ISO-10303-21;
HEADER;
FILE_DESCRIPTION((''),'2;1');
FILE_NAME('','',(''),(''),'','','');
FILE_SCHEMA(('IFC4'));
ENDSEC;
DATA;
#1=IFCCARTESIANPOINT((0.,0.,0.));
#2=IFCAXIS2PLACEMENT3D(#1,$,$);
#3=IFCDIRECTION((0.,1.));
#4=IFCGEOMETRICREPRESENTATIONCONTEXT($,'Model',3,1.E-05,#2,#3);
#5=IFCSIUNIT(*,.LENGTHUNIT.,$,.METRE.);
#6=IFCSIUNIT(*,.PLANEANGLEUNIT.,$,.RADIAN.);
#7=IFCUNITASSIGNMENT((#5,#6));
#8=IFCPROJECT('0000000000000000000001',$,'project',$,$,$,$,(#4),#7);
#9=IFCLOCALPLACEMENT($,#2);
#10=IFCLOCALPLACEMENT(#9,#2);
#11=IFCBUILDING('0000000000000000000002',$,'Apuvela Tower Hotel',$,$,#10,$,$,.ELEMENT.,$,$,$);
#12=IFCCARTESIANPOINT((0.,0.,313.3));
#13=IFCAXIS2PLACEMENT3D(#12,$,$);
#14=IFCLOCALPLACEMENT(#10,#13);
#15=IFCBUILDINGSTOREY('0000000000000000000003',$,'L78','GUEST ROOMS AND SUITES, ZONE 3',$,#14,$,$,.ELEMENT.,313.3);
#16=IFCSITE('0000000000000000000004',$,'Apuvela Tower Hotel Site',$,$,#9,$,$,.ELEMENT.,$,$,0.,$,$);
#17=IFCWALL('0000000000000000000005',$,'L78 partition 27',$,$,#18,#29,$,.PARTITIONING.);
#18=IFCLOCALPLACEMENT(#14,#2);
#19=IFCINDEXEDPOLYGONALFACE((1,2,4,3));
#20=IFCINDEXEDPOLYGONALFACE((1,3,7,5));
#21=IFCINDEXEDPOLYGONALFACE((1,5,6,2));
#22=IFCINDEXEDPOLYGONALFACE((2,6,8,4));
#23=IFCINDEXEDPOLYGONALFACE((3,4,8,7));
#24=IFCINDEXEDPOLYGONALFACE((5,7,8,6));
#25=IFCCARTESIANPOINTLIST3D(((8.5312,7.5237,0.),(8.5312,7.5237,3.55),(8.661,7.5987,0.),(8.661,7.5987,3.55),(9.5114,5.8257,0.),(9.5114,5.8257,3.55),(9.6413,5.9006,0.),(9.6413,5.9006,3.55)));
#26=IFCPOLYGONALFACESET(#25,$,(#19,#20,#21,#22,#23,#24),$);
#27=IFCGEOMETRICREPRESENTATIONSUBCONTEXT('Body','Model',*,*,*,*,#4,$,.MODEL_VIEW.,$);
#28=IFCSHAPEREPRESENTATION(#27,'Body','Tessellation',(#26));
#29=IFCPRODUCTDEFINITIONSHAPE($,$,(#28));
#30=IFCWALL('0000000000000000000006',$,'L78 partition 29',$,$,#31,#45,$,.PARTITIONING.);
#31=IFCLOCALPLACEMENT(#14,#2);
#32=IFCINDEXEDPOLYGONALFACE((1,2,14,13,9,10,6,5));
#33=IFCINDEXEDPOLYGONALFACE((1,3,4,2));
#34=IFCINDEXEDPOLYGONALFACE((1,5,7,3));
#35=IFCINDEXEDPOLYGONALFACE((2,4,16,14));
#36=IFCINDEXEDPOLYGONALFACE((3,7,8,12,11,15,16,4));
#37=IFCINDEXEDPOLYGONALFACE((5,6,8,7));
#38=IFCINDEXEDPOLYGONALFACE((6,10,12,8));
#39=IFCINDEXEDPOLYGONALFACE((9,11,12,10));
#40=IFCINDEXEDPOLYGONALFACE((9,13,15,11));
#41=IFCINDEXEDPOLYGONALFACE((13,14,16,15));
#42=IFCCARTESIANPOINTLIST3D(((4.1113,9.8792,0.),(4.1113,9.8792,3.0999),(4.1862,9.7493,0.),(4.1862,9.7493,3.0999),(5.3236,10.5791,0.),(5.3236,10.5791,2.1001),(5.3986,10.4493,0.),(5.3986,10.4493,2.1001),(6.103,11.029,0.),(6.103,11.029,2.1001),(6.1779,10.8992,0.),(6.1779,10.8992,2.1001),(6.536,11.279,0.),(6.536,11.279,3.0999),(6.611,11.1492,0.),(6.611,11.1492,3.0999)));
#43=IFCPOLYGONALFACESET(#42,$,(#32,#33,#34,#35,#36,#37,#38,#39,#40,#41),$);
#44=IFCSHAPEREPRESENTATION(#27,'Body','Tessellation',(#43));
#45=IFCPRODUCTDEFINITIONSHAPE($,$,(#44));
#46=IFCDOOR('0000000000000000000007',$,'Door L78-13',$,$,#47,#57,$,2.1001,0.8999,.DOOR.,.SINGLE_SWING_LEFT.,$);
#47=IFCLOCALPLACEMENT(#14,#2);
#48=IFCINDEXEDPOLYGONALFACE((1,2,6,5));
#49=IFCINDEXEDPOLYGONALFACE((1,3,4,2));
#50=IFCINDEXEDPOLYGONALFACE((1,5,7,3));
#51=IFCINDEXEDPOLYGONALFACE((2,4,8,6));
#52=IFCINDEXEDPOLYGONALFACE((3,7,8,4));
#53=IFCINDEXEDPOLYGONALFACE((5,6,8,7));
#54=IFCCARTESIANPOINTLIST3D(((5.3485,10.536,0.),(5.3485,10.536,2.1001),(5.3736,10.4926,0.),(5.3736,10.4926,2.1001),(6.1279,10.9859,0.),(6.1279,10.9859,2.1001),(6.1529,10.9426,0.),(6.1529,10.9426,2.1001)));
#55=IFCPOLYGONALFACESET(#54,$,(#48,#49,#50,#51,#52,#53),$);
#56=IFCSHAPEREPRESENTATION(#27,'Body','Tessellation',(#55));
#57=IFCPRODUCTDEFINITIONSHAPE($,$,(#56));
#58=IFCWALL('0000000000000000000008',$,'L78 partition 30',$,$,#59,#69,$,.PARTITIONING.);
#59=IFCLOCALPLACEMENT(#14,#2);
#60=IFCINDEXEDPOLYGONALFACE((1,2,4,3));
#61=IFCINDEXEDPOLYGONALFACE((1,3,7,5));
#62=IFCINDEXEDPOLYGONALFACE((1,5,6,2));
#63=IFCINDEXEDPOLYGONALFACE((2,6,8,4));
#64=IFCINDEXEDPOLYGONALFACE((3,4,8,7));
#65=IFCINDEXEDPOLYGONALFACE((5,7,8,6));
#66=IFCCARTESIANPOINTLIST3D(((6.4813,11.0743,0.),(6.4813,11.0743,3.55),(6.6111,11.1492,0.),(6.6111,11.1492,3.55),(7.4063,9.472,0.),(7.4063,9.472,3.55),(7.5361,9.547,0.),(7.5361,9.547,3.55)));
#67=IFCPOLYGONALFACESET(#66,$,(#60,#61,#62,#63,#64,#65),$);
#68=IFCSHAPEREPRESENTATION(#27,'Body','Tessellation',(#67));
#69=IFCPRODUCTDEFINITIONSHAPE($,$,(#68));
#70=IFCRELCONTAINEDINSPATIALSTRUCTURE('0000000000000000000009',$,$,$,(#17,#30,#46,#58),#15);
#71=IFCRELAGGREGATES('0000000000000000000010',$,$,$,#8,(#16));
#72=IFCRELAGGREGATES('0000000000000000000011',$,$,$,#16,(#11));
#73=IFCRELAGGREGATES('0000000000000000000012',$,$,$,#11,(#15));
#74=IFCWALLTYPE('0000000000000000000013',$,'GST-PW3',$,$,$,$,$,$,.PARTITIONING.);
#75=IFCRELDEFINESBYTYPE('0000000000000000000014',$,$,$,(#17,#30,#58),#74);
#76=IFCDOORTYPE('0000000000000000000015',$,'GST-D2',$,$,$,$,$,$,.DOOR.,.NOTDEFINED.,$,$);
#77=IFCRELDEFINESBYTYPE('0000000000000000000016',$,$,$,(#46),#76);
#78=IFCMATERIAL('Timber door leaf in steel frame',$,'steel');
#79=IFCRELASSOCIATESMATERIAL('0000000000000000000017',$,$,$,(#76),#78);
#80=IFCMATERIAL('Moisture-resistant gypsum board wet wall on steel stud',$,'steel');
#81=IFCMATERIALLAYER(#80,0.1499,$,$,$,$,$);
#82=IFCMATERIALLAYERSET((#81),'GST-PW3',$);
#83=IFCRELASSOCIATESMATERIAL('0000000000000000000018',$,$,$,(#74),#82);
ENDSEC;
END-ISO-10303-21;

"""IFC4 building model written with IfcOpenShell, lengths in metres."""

from ifc_helpers import new_model, si_unit, direction, frame, frame_2d, origin, place, context, subcontext, project, spatial, rectangle, extrude, material, layer, layer_set, type_object, element, fill, save


model = new_model("IFC4")

# Units and contexts
model_context = context("Model", 3, precision=1e-05, world=origin(), true_north=direction((0.0, 1.0)))
body_context = subcontext(model_context, "Body", "Model", "MODEL_VIEW")
ifc_project = project(units=[si_unit("LENGTHUNIT", "METRE"), si_unit("PLANEANGLEUNIT", "RADIAN")], contexts=[model_context])

# Site, building, storey
site_placement = place(None, origin())
site = spatial("IfcSite", under=ifc_project, at=site_placement, Name="Apuvela Tower Hotel Site", CompositionType="ELEMENT", RefElevation=0.0)
building_placement = place(site_placement, origin())
building = spatial("IfcBuilding", under=site, at=building_placement, Name="Apuvela Tower Hotel", CompositionType="ELEMENT")
storey_placement = place(building_placement, frame((0.0, 0.0, 313.3)))
storey = spatial("IfcBuildingStorey", under=building, at=storey_placement, Name="L78", Description="GUEST ROOMS AND SUITES, ZONE 3", CompositionType="ELEMENT", Elevation=313.3)

# Shared definitions
ifc_material_1 = material(Name="Timber door leaf in steel frame", Category="steel")
door_type_1 = type_object("IfcDoorType", Name="GST-D2", OperationType="NOTDEFINED", PredefinedType="DOOR", material=ifc_material_1)

# Shared definitions
ifc_material_2 = material(Name="Moisture-resistant gypsum board wet wall on steel stud", Category="steel")
ifc_layer_1 = layer(ifc_material_2, 0.1499)
ifc_layer_set_1 = layer_set([ifc_layer_1], Name="GST-PW3")
wall_type_1 = type_object("IfcWallType", Name="GST-PW3", PredefinedType="PARTITIONING", material=ifc_layer_set_1)

# Wall
wall_1_placement = place(storey_placement, frame((9.5764, 5.863, 0.0), z_axis=(0.0, 0.0, 1.0), x_axis=(-0.499956, 0.866051, 0.0)))
element("IfcWall", 1, at=wall_1_placement, inside=storey, type_object=wall_type_1, Name="L78 partition 27", PredefinedType="PARTITIONING", context=body_context, shape_type="SweptSolid", body=[
    extrude(rectangle(XDim=1.9607, YDim=0.1499, at=frame_2d((0.9805, 0.0))), origin(), (0.0, 0.0, 1.0), 3.55),
])

# Wall, opening, door
wall_2_placement = place(storey_placement, frame((6.5735, 11.2141, 0.0), z_axis=(0.0, 0.0, 1.0), x_axis=(-0.866035, -0.499984, 0.0)))
wall_2 = element("IfcWall", 2, at=wall_2_placement, inside=storey, type_object=wall_type_1, Name="L78 partition 29", PredefinedType="PARTITIONING", context=body_context, shape_type="SweptSolid", body=[
    extrude(rectangle(XDim=2.7998, YDim=0.1499, at=frame_2d((1.3999, 0.0))), origin(), (0.0, 0.0, 1.0), 3.0999),
])
opening_1_placement = place(wall_2_placement, frame((0.5, 0.0, 0.0)))
opening_1 = element("IfcOpeningElement", 3, at=opening_1_placement, cuts=wall_2, PredefinedType="OPENING", context=body_context, shape_type="SweptSolid", body=[
    extrude(rectangle(XDim=0.8999, YDim=2.1001, at=frame_2d((0.45, 1.05))), frame((0.0, 0.085, 0.0), z_axis=(0.0, -1.0, 0.0), x_axis=(1.0, 0.0, 0.0)), (0.0, 0.0, 1.0), 0.1699),
])
door_1_placement = place(opening_1_placement, origin())
door_1 = element("IfcDoor", 4, at=door_1_placement, inside=storey, type_object=door_type_1, Name="Door L78-13", OperationType="SINGLE_SWING_LEFT", OverallHeight=2.1001, OverallWidth=0.8999, PredefinedType="DOOR", context=body_context, shape_type="SweptSolid", body=[
    extrude(rectangle(XDim=0.8999, YDim=2.1001, at=frame_2d((0.45, 1.05))), frame((0.0, 0.0249, 0.0), z_axis=(0.0, -1.0, 0.0), x_axis=(1.0, 0.0, 0.0)), (0.0, 0.0, 1.0), 0.05),
])
fill(opening_1, door_1)

# Wall
wall_3_placement = place(storey_placement, frame((7.4712, 9.5095, 0.0), z_axis=(0.0, 0.0, 1.0), x_axis=(-0.499985, 0.866034, 0.0)))
element("IfcWall", 5, at=wall_3_placement, inside=storey, type_object=wall_type_1, Name="L78 partition 30", PredefinedType="PARTITIONING", context=body_context, shape_type="SweptSolid", body=[
    extrude(rectangle(XDim=1.8501, YDim=0.1499, at=frame_2d((0.925, 0.0))), origin(), (0.0, 0.0, 1.0), 3.55),
])

save(model, "model.ifc")
